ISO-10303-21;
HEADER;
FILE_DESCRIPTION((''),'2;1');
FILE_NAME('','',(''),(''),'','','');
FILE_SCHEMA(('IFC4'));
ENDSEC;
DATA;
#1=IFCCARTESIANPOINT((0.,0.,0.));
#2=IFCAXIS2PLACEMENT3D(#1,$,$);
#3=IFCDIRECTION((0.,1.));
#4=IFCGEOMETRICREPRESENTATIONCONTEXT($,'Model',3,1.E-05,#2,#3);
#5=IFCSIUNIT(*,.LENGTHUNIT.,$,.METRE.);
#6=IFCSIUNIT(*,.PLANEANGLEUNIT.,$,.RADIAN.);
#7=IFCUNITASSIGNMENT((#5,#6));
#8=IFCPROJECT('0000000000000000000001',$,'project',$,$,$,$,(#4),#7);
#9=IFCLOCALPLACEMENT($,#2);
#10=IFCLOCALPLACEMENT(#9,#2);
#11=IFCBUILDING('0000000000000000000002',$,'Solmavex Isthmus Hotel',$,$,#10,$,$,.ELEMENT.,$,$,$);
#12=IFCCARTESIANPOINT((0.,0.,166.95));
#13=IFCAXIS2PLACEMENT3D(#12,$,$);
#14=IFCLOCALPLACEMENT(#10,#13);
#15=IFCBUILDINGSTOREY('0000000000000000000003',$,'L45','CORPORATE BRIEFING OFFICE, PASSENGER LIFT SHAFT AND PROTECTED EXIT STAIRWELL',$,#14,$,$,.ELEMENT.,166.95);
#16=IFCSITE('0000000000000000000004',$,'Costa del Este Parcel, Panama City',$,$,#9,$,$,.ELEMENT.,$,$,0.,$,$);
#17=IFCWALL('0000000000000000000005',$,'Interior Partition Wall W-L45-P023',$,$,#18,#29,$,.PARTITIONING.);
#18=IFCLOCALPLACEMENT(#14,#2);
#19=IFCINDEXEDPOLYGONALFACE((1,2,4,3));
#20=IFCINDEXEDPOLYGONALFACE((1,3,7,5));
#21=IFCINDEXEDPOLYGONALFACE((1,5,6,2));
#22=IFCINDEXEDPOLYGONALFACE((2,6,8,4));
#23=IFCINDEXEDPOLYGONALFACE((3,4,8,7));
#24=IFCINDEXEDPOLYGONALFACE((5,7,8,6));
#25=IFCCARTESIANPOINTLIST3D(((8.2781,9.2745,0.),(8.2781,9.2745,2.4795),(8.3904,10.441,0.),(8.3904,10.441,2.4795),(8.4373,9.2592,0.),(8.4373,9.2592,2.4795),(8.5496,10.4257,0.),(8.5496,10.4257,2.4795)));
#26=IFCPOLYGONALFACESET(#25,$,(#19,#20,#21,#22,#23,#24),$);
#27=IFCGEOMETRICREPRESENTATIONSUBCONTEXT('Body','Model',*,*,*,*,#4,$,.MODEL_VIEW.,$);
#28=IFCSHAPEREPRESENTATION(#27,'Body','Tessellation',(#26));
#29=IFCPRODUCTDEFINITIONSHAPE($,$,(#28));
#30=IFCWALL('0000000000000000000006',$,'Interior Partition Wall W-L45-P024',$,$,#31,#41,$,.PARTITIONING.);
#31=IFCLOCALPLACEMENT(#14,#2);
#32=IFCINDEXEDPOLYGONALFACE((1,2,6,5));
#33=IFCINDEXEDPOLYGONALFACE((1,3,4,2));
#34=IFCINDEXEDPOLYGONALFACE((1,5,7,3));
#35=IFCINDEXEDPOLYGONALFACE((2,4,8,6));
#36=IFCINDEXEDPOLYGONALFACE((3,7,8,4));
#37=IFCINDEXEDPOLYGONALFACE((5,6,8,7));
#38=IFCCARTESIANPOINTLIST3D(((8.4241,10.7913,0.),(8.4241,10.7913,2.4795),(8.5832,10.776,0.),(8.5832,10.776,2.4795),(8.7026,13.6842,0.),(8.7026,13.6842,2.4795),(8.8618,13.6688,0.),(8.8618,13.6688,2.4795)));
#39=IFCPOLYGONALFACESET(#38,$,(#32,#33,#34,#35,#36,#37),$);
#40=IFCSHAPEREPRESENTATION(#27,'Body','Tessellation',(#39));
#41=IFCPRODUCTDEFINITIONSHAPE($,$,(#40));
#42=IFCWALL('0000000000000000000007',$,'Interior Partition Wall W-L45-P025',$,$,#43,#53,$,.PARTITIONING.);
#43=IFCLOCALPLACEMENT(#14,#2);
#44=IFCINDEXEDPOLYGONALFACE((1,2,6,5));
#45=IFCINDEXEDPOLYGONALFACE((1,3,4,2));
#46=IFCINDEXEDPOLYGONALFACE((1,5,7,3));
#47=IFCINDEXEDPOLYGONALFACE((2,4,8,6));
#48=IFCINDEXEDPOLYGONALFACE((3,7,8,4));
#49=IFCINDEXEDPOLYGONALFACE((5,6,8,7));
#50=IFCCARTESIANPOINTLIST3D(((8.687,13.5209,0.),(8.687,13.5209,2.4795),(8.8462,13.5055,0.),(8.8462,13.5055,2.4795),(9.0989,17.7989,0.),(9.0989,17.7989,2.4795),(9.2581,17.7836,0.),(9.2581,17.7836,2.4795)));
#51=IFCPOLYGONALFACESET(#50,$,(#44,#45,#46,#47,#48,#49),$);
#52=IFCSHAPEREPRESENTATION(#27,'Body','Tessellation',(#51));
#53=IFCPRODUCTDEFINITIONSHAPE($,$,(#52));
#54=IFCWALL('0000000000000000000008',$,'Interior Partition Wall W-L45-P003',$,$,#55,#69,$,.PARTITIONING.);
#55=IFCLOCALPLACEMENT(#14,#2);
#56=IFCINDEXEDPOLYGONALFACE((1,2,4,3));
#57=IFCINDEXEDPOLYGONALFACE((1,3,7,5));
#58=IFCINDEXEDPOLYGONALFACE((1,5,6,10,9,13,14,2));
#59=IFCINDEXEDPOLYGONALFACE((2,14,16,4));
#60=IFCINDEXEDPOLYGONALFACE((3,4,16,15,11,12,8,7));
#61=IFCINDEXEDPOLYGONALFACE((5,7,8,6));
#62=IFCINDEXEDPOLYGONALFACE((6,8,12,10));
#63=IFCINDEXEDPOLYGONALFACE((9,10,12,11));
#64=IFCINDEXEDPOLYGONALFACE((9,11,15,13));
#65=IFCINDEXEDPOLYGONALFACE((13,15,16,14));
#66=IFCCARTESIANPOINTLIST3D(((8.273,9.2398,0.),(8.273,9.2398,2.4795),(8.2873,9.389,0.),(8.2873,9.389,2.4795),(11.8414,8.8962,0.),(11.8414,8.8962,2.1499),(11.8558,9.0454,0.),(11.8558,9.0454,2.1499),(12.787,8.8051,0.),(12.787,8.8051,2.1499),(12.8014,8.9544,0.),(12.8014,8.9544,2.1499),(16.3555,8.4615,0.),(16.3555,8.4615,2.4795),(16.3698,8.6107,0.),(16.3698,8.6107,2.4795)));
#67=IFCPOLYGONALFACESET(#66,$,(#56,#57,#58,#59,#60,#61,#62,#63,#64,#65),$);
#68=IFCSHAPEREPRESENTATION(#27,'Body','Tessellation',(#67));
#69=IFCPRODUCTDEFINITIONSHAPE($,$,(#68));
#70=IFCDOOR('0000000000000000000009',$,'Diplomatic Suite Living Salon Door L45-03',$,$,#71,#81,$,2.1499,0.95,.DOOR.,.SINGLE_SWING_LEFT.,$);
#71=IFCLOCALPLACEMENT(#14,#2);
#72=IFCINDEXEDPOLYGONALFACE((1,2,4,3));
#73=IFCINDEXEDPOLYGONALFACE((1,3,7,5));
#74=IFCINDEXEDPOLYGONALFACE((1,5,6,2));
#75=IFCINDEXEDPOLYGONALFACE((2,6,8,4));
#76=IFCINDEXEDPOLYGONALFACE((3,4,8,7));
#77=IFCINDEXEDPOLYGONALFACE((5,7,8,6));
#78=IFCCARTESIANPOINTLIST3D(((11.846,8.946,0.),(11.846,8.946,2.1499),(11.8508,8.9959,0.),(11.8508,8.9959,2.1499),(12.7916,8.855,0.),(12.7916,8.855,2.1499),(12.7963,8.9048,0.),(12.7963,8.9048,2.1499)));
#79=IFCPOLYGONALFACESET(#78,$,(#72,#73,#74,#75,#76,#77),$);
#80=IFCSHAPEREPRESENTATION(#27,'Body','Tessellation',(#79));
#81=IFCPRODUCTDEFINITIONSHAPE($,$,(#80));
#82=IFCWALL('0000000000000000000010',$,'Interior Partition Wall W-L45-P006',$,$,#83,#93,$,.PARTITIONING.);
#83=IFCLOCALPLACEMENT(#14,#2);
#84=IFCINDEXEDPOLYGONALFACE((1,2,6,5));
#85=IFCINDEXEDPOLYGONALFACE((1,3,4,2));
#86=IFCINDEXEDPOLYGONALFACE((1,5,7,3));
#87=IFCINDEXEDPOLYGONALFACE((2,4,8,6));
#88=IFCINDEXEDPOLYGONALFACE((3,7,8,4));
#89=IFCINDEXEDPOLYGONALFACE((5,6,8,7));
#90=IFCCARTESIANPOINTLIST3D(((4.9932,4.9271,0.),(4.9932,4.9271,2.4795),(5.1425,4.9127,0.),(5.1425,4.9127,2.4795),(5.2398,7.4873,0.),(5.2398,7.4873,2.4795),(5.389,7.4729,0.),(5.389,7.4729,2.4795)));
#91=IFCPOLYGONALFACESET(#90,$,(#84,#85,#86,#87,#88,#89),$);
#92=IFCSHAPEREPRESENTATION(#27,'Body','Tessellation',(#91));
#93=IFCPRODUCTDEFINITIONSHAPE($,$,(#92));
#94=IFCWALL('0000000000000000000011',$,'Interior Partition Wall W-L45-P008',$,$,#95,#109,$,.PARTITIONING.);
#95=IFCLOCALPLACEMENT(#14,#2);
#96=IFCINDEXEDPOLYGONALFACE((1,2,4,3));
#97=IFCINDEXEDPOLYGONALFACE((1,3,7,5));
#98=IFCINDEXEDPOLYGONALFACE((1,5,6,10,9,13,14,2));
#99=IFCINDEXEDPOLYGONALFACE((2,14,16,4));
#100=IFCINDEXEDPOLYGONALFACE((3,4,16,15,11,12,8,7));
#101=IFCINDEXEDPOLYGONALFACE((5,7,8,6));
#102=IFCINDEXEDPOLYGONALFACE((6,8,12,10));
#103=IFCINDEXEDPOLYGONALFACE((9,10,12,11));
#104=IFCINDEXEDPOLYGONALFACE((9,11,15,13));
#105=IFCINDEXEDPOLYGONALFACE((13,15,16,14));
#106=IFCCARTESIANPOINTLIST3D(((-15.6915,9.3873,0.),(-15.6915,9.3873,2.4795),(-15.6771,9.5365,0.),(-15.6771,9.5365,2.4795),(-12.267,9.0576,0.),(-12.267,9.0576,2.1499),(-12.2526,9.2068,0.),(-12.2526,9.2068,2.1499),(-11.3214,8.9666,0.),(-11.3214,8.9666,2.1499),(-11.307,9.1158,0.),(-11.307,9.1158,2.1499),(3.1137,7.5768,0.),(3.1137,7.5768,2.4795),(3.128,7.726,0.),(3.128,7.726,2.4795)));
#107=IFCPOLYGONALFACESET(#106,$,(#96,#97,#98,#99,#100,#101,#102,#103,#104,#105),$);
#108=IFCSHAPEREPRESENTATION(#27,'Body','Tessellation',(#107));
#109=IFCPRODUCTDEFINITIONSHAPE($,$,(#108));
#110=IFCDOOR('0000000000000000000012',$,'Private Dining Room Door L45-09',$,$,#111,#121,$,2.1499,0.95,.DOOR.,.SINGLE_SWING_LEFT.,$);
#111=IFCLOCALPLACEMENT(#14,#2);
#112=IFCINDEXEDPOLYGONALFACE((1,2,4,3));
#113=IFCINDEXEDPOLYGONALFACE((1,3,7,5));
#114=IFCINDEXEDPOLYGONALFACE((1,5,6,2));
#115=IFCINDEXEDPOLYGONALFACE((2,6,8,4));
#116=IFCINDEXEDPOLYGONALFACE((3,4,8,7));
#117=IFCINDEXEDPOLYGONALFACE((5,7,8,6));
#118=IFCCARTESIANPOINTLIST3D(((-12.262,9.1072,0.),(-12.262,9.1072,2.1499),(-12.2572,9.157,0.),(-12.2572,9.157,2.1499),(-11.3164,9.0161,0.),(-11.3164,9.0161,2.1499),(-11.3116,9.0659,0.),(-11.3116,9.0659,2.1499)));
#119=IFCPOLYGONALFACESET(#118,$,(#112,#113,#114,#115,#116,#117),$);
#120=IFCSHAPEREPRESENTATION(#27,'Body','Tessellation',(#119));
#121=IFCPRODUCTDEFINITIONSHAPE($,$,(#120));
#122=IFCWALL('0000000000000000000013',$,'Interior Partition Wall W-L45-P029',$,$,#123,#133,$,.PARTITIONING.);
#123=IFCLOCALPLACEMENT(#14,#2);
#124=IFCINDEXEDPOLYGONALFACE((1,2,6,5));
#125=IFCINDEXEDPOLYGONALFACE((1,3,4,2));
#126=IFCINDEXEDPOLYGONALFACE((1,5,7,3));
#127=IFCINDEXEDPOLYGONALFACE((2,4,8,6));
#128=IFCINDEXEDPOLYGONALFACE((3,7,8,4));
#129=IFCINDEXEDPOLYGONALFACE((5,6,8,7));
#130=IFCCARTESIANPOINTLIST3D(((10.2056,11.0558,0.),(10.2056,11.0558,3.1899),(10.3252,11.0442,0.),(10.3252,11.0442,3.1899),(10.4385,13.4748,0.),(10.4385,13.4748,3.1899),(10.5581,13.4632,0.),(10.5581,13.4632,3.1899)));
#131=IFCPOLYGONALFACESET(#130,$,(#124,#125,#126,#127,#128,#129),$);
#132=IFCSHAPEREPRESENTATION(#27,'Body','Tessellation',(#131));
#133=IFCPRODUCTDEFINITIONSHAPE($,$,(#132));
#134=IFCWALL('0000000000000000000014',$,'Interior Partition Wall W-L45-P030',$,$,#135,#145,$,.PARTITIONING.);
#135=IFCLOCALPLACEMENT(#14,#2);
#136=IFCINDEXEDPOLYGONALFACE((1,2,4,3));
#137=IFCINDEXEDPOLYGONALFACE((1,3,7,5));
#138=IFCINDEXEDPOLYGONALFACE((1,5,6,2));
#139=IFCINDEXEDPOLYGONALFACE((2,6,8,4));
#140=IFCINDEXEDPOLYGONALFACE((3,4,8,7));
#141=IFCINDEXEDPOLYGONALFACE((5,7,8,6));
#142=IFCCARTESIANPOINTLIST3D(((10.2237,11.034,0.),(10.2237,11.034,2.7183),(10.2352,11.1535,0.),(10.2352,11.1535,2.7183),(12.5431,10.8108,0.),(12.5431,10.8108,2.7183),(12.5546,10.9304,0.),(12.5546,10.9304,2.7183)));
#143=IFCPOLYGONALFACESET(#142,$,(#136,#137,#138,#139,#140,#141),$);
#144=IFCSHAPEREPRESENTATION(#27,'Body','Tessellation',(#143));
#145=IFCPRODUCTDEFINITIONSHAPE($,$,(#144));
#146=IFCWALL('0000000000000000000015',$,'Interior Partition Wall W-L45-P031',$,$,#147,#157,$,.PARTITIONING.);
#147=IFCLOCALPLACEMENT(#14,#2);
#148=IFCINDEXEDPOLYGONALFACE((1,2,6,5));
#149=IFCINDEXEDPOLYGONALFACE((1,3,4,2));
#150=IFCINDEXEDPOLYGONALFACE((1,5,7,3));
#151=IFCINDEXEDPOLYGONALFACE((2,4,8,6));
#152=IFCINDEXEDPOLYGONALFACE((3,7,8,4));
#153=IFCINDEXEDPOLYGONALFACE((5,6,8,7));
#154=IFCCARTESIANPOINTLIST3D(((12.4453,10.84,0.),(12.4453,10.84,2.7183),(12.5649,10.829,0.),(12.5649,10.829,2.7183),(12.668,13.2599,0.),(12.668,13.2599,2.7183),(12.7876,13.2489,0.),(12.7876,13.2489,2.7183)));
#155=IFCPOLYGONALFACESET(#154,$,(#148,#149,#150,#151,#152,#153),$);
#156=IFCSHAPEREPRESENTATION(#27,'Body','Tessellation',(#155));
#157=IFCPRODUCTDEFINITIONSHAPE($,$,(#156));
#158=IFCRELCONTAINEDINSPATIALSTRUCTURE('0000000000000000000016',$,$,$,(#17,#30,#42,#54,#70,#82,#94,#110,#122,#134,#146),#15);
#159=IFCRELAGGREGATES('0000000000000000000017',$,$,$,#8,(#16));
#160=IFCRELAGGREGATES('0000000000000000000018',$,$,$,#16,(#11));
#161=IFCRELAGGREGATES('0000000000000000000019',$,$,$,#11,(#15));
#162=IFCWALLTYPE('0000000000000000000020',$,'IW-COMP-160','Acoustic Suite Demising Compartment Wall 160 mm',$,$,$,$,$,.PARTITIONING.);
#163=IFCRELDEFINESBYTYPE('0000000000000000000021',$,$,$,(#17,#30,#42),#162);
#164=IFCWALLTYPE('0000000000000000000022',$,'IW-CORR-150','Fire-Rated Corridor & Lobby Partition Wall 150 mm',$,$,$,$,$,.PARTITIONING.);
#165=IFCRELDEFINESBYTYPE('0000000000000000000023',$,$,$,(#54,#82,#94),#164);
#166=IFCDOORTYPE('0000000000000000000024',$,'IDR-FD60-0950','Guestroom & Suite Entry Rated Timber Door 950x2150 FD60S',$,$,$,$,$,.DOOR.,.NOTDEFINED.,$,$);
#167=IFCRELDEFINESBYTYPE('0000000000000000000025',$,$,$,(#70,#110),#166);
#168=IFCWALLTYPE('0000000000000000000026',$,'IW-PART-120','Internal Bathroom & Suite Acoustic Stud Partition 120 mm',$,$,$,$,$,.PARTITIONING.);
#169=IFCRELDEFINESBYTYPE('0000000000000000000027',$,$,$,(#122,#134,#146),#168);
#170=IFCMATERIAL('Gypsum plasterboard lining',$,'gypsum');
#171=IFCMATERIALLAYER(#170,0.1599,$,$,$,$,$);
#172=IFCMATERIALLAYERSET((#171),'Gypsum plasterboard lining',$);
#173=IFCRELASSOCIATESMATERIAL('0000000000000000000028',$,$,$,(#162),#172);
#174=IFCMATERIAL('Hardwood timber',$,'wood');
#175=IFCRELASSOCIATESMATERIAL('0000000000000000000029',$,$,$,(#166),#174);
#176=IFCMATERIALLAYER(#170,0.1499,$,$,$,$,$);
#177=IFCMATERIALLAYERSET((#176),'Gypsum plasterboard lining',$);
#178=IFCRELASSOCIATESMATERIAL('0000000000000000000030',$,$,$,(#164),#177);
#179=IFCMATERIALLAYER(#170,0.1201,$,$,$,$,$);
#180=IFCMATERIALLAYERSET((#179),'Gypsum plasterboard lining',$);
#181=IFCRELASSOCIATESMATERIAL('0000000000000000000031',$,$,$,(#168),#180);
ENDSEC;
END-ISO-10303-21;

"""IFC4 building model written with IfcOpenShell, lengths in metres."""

from ifc_helpers import new_model, si_unit, direction, frame, frame_2d, origin, place, context, subcontext, project, spatial, rectangle, extrude, material, layer, layer_set, type_object, element, fill, save


model = new_model("IFC4")

# Units and contexts
model_context = context("Model", 3, precision=1e-05, world=origin(), true_north=direction((0.0, 1.0)))
body_context = subcontext(model_context, "Body", "Model", "MODEL_VIEW")
ifc_project = project(units=[si_unit("LENGTHUNIT", "METRE"), si_unit("PLANEANGLEUNIT", "RADIAN")], contexts=[model_context])

# Site, building, storey
site_placement = place(None, origin())
site = spatial("IfcSite", under=ifc_project, at=site_placement, Name="Costa del Este Parcel, Panama City", CompositionType="ELEMENT", RefElevation=0.0)
building_placement = place(site_placement, origin())
building = spatial("IfcBuilding", under=site, at=building_placement, Name="Solmavex Isthmus Hotel", CompositionType="ELEMENT")
storey_placement = place(building_placement, frame((0.0, 0.0, 166.95)))
storey = spatial("IfcBuildingStorey", under=building, at=storey_placement, Name="L45", Description="CORPORATE BRIEFING OFFICE, PASSENGER LIFT SHAFT AND PROTECTED EXIT STAIRWELL", CompositionType="ELEMENT", Elevation=166.95)

# Walls
ifc_material_1 = material(Name="Gypsum plasterboard lining", Category="gypsum")
ifc_layer_1 = layer(ifc_material_1, 0.1599)
ifc_layer_set_1 = layer_set([ifc_layer_1], Name="Gypsum plasterboard lining")
wall_type_1 = type_object("IfcWallType", Name="IW-COMP-160", Description="Acoustic Suite Demising Compartment Wall 160 mm", PredefinedType="PARTITIONING", material=ifc_layer_set_1)
wall_1_placement = place(storey_placement, frame((8.47, 10.4333, 0.0), z_axis=(0.0, 0.0, 1.0), x_axis=(-0.095831, -0.995398, 0.0)))
element("IfcWall", 1, at=wall_1_placement, inside=storey, type_object=wall_type_1, Name="Interior Partition Wall W-L45-P023", PredefinedType="PARTITIONING", context=body_context, shape_type="SweptSolid", body=[
    extrude(rectangle(XDim=1.1719, YDim=0.1599, at=frame_2d((0.5859, 0.0))), origin(), (0.0, 0.0, 1.0), 2.4795),
])
wall_2_placement = place(storey_placement, frame((8.7822, 13.6765, 0.0), z_axis=(0.0, 0.0, 1.0), x_axis=(-0.095852, -0.995396, 0.0)))
element("IfcWall", 2, at=wall_2_placement, inside=storey, type_object=wall_type_1, Name="Interior Partition Wall W-L45-P024", PredefinedType="PARTITIONING", context=body_context, shape_type="SweptSolid", body=[
    extrude(rectangle(XDim=2.9062, YDim=0.1599, at=frame_2d((1.4531, 0.0))), origin(), (0.0, 0.0, 1.0), 2.4795),
])
wall_3_placement = place(storey_placement, frame((9.1785, 17.7913, 0.0), z_axis=(0.0, 0.0, 1.0), x_axis=(-0.09583, -0.995398, 0.0)))
element("IfcWall", 3, at=wall_3_placement, inside=storey, type_object=wall_type_1, Name="Interior Partition Wall W-L45-P025", PredefinedType="PARTITIONING", context=body_context, shape_type="SweptSolid", body=[
    extrude(rectangle(XDim=4.2979, YDim=0.1599, at=frame_2d((2.1489, 0.0))), origin(), (0.0, 0.0, 1.0), 2.4795),
])

# Wall, opening, door
ifc_material_2 = material(Name="Hardwood timber", Category="wood")
door_type_1 = type_object("IfcDoorType", Name="IDR-FD60-0950", Description="Guestroom & Suite Entry Rated Timber Door 950x2150 FD60S", OperationType="NOTDEFINED", PredefinedType="DOOR", material=ifc_material_2)
ifc_layer_2 = layer(ifc_material_1, 0.1499)
ifc_layer_set_2 = layer_set([ifc_layer_2], Name="Gypsum plasterboard lining")
wall_type_2 = type_object("IfcWallType", Name="IW-CORR-150", Description="Fire-Rated Corridor & Lobby Partition Wall 150 mm", PredefinedType="PARTITIONING", material=ifc_layer_set_2)
wall_4_placement = place(storey_placement, frame((8.28, 9.3145, 0.0), z_axis=(0.0, 0.0, 1.0), x_axis=(0.995395, -0.095853, 0.0)))
wall_4 = element("IfcWall", 4, at=wall_4_placement, inside=storey, type_object=wall_type_2, Name="Interior Partition Wall W-L45-P003", PredefinedType="PARTITIONING", context=body_context, shape_type="SweptSolid", body=[
    extrude(rectangle(XDim=8.1199, YDim=0.1499, at=frame_2d((4.0601, 0.0))), origin(), (0.0, 0.0, 1.0), 2.4795),
])
opening_1_placement = place(wall_4_placement, frame((3.585, 0.0, 0.0)))
opening_1 = element("IfcOpeningElement", 5, at=opening_1_placement, cuts=wall_4, PredefinedType="OPENING", context=body_context, shape_type="SweptSolid", body=[
    extrude(rectangle(XDim=0.95, YDim=2.1499, at=frame_2d((0.4751, 1.075))), frame((0.0, 0.085, 0.0), z_axis=(0.0, -1.0, 0.0), x_axis=(1.0, 0.0, 0.0)), (0.0, 0.0, 1.0), 0.1699),
])
door_1_placement = place(opening_1_placement, frame((0.95, 0.0, 0.0), z_axis=(0.0, 0.0, 1.0), x_axis=(-1.0, 0.0, 0.0)))
door_1 = element("IfcDoor", 6, at=door_1_placement, inside=storey, type_object=door_type_1, Name="Diplomatic Suite Living Salon Door L45-03", OperationType="SINGLE_SWING_LEFT", OverallHeight=2.1499, OverallWidth=0.95, PredefinedType="DOOR", context=body_context, shape_type="SweptSolid", body=[
    extrude(rectangle(XDim=0.95, YDim=2.1499, at=frame_2d((0.4751, 1.075))), frame((0.0, 0.0249, 0.0), z_axis=(0.0, -1.0, 0.0), x_axis=(1.0, 0.0, 0.0)), (0.0, 0.0, 1.0), 0.05),
])
fill(opening_1, door_1)

# Wall
wall_5_placement = place(storey_placement, frame((5.3145, 7.4802, 0.0), z_axis=(0.0, 0.0, 1.0), x_axis=(-0.095875, -0.995393, 0.0)))
element("IfcWall", 7, at=wall_5_placement, inside=storey, type_object=wall_type_2, Name="Interior Partition Wall W-L45-P006", PredefinedType="PARTITIONING", context=body_context, shape_type="SweptSolid", body=[
    extrude(rectangle(XDim=2.572, YDim=0.1499, at=frame_2d((1.2861, 0.0))), origin(), (0.0, 0.0, 1.0), 2.4795),
])

# Wall, opening, door
wall_6_placement = place(storey_placement, frame((3.1208, 7.6514, 0.0), z_axis=(0.0, 0.0, 1.0), x_axis=(-0.995397, 0.095836, 0.0)))
wall_6 = element("IfcWall", 8, at=wall_6_placement, inside=storey, type_object=wall_type_2, Name="Interior Partition Wall W-L45-P008", PredefinedType="PARTITIONING", context=body_context, shape_type="SweptSolid", body=[
    extrude(rectangle(XDim=18.8921, YDim=0.1499, at=frame_2d((9.446, 0.0))), origin(), (0.0, 0.0, 1.0), 2.4795),
])
opening_2_placement = place(wall_6_placement, frame((14.5017, 0.0, 0.0)))
opening_2 = element("IfcOpeningElement", 9, at=opening_2_placement, cuts=wall_6, PredefinedType="OPENING", context=body_context, shape_type="SweptSolid", body=[
    extrude(rectangle(XDim=0.95, YDim=2.1499, at=frame_2d((0.4751, 1.075))), frame((0.0, 0.085, 0.0), z_axis=(0.0, -1.0, 0.0), x_axis=(1.0, 0.0, 0.0)), (0.0, 0.0, 1.0), 0.1699),
])
door_2_placement = place(opening_2_placement, frame((0.95, 0.0, 0.0), z_axis=(0.0, 0.0, 1.0), x_axis=(-1.0, 0.0, 0.0)))
door_2 = element("IfcDoor", 10, at=door_2_placement, inside=storey, type_object=door_type_1, Name="Private Dining Room Door L45-09", OperationType="SINGLE_SWING_LEFT", OverallHeight=2.1499, OverallWidth=0.95, PredefinedType="DOOR", context=body_context, shape_type="SweptSolid", body=[
    extrude(rectangle(XDim=0.95, YDim=2.1499, at=frame_2d((0.4751, 1.075))), frame((0.0, 0.0249, 0.0), z_axis=(0.0, -1.0, 0.0), x_axis=(1.0, 0.0, 0.0)), (0.0, 0.0, 1.0), 0.05),
])
fill(opening_2, door_2)

# Walls
ifc_layer_3 = layer(ifc_material_1, 0.1201)
ifc_layer_set_3 = layer_set([ifc_layer_3], Name="Gypsum plasterboard lining")
wall_type_3 = type_object("IfcWallType", Name="IW-PART-120", Description="Internal Bathroom & Suite Acoustic Stud Partition 120 mm", PredefinedType="PARTITIONING", material=ifc_layer_set_3)
wall_7_placement = place(storey_placement, frame((10.4983, 13.469, 0.0), z_axis=(0.0, 0.0, 1.0), x_axis=(-0.095843, -0.995397, 0.0)))
element("IfcWall", 11, at=wall_7_placement, inside=storey, type_object=wall_type_3, Name="Interior Partition Wall W-L45-P029", PredefinedType="PARTITIONING", context=body_context, shape_type="SweptSolid", body=[
    extrude(rectangle(XDim=2.4302, YDim=0.1201, at=frame_2d((1.2151, 0.0))), origin(), (0.0, 0.0, 1.0), 3.1899),
])
wall_8_placement = place(storey_placement, frame((10.2295, 11.0938, 0.0), z_axis=(0.0, 0.0, 1.0), x_axis=(0.995404, -0.095768, 0.0)))
element("IfcWall", 12, at=wall_8_placement, inside=storey, type_object=wall_type_3, Name="Interior Partition Wall W-L45-P030", PredefinedType="PARTITIONING", context=body_context, shape_type="SweptSolid", body=[
    extrude(rectangle(XDim=2.3301, YDim=0.1201, at=frame_2d((1.165, 0.0))), origin(), (0.0, 0.0, 1.0), 2.7183),
])
wall_9_placement = place(storey_placement, frame((12.5051, 10.8345, 0.0), z_axis=(0.0, 0.0, 1.0), x_axis=(0.091623, 0.995794, 0.0)))
element("IfcWall", 13, at=wall_9_placement, inside=storey, type_object=wall_type_3, Name="Interior Partition Wall W-L45-P031", PredefinedType="PARTITIONING", context=body_context, shape_type="SweptSolid", body=[
    extrude(rectangle(XDim=2.4302, YDim=0.1201, at=frame_2d((1.2151, 0.0))), origin(), (0.0, 0.0, 1.0), 2.7183),
])

save(model, "model.ifc")
